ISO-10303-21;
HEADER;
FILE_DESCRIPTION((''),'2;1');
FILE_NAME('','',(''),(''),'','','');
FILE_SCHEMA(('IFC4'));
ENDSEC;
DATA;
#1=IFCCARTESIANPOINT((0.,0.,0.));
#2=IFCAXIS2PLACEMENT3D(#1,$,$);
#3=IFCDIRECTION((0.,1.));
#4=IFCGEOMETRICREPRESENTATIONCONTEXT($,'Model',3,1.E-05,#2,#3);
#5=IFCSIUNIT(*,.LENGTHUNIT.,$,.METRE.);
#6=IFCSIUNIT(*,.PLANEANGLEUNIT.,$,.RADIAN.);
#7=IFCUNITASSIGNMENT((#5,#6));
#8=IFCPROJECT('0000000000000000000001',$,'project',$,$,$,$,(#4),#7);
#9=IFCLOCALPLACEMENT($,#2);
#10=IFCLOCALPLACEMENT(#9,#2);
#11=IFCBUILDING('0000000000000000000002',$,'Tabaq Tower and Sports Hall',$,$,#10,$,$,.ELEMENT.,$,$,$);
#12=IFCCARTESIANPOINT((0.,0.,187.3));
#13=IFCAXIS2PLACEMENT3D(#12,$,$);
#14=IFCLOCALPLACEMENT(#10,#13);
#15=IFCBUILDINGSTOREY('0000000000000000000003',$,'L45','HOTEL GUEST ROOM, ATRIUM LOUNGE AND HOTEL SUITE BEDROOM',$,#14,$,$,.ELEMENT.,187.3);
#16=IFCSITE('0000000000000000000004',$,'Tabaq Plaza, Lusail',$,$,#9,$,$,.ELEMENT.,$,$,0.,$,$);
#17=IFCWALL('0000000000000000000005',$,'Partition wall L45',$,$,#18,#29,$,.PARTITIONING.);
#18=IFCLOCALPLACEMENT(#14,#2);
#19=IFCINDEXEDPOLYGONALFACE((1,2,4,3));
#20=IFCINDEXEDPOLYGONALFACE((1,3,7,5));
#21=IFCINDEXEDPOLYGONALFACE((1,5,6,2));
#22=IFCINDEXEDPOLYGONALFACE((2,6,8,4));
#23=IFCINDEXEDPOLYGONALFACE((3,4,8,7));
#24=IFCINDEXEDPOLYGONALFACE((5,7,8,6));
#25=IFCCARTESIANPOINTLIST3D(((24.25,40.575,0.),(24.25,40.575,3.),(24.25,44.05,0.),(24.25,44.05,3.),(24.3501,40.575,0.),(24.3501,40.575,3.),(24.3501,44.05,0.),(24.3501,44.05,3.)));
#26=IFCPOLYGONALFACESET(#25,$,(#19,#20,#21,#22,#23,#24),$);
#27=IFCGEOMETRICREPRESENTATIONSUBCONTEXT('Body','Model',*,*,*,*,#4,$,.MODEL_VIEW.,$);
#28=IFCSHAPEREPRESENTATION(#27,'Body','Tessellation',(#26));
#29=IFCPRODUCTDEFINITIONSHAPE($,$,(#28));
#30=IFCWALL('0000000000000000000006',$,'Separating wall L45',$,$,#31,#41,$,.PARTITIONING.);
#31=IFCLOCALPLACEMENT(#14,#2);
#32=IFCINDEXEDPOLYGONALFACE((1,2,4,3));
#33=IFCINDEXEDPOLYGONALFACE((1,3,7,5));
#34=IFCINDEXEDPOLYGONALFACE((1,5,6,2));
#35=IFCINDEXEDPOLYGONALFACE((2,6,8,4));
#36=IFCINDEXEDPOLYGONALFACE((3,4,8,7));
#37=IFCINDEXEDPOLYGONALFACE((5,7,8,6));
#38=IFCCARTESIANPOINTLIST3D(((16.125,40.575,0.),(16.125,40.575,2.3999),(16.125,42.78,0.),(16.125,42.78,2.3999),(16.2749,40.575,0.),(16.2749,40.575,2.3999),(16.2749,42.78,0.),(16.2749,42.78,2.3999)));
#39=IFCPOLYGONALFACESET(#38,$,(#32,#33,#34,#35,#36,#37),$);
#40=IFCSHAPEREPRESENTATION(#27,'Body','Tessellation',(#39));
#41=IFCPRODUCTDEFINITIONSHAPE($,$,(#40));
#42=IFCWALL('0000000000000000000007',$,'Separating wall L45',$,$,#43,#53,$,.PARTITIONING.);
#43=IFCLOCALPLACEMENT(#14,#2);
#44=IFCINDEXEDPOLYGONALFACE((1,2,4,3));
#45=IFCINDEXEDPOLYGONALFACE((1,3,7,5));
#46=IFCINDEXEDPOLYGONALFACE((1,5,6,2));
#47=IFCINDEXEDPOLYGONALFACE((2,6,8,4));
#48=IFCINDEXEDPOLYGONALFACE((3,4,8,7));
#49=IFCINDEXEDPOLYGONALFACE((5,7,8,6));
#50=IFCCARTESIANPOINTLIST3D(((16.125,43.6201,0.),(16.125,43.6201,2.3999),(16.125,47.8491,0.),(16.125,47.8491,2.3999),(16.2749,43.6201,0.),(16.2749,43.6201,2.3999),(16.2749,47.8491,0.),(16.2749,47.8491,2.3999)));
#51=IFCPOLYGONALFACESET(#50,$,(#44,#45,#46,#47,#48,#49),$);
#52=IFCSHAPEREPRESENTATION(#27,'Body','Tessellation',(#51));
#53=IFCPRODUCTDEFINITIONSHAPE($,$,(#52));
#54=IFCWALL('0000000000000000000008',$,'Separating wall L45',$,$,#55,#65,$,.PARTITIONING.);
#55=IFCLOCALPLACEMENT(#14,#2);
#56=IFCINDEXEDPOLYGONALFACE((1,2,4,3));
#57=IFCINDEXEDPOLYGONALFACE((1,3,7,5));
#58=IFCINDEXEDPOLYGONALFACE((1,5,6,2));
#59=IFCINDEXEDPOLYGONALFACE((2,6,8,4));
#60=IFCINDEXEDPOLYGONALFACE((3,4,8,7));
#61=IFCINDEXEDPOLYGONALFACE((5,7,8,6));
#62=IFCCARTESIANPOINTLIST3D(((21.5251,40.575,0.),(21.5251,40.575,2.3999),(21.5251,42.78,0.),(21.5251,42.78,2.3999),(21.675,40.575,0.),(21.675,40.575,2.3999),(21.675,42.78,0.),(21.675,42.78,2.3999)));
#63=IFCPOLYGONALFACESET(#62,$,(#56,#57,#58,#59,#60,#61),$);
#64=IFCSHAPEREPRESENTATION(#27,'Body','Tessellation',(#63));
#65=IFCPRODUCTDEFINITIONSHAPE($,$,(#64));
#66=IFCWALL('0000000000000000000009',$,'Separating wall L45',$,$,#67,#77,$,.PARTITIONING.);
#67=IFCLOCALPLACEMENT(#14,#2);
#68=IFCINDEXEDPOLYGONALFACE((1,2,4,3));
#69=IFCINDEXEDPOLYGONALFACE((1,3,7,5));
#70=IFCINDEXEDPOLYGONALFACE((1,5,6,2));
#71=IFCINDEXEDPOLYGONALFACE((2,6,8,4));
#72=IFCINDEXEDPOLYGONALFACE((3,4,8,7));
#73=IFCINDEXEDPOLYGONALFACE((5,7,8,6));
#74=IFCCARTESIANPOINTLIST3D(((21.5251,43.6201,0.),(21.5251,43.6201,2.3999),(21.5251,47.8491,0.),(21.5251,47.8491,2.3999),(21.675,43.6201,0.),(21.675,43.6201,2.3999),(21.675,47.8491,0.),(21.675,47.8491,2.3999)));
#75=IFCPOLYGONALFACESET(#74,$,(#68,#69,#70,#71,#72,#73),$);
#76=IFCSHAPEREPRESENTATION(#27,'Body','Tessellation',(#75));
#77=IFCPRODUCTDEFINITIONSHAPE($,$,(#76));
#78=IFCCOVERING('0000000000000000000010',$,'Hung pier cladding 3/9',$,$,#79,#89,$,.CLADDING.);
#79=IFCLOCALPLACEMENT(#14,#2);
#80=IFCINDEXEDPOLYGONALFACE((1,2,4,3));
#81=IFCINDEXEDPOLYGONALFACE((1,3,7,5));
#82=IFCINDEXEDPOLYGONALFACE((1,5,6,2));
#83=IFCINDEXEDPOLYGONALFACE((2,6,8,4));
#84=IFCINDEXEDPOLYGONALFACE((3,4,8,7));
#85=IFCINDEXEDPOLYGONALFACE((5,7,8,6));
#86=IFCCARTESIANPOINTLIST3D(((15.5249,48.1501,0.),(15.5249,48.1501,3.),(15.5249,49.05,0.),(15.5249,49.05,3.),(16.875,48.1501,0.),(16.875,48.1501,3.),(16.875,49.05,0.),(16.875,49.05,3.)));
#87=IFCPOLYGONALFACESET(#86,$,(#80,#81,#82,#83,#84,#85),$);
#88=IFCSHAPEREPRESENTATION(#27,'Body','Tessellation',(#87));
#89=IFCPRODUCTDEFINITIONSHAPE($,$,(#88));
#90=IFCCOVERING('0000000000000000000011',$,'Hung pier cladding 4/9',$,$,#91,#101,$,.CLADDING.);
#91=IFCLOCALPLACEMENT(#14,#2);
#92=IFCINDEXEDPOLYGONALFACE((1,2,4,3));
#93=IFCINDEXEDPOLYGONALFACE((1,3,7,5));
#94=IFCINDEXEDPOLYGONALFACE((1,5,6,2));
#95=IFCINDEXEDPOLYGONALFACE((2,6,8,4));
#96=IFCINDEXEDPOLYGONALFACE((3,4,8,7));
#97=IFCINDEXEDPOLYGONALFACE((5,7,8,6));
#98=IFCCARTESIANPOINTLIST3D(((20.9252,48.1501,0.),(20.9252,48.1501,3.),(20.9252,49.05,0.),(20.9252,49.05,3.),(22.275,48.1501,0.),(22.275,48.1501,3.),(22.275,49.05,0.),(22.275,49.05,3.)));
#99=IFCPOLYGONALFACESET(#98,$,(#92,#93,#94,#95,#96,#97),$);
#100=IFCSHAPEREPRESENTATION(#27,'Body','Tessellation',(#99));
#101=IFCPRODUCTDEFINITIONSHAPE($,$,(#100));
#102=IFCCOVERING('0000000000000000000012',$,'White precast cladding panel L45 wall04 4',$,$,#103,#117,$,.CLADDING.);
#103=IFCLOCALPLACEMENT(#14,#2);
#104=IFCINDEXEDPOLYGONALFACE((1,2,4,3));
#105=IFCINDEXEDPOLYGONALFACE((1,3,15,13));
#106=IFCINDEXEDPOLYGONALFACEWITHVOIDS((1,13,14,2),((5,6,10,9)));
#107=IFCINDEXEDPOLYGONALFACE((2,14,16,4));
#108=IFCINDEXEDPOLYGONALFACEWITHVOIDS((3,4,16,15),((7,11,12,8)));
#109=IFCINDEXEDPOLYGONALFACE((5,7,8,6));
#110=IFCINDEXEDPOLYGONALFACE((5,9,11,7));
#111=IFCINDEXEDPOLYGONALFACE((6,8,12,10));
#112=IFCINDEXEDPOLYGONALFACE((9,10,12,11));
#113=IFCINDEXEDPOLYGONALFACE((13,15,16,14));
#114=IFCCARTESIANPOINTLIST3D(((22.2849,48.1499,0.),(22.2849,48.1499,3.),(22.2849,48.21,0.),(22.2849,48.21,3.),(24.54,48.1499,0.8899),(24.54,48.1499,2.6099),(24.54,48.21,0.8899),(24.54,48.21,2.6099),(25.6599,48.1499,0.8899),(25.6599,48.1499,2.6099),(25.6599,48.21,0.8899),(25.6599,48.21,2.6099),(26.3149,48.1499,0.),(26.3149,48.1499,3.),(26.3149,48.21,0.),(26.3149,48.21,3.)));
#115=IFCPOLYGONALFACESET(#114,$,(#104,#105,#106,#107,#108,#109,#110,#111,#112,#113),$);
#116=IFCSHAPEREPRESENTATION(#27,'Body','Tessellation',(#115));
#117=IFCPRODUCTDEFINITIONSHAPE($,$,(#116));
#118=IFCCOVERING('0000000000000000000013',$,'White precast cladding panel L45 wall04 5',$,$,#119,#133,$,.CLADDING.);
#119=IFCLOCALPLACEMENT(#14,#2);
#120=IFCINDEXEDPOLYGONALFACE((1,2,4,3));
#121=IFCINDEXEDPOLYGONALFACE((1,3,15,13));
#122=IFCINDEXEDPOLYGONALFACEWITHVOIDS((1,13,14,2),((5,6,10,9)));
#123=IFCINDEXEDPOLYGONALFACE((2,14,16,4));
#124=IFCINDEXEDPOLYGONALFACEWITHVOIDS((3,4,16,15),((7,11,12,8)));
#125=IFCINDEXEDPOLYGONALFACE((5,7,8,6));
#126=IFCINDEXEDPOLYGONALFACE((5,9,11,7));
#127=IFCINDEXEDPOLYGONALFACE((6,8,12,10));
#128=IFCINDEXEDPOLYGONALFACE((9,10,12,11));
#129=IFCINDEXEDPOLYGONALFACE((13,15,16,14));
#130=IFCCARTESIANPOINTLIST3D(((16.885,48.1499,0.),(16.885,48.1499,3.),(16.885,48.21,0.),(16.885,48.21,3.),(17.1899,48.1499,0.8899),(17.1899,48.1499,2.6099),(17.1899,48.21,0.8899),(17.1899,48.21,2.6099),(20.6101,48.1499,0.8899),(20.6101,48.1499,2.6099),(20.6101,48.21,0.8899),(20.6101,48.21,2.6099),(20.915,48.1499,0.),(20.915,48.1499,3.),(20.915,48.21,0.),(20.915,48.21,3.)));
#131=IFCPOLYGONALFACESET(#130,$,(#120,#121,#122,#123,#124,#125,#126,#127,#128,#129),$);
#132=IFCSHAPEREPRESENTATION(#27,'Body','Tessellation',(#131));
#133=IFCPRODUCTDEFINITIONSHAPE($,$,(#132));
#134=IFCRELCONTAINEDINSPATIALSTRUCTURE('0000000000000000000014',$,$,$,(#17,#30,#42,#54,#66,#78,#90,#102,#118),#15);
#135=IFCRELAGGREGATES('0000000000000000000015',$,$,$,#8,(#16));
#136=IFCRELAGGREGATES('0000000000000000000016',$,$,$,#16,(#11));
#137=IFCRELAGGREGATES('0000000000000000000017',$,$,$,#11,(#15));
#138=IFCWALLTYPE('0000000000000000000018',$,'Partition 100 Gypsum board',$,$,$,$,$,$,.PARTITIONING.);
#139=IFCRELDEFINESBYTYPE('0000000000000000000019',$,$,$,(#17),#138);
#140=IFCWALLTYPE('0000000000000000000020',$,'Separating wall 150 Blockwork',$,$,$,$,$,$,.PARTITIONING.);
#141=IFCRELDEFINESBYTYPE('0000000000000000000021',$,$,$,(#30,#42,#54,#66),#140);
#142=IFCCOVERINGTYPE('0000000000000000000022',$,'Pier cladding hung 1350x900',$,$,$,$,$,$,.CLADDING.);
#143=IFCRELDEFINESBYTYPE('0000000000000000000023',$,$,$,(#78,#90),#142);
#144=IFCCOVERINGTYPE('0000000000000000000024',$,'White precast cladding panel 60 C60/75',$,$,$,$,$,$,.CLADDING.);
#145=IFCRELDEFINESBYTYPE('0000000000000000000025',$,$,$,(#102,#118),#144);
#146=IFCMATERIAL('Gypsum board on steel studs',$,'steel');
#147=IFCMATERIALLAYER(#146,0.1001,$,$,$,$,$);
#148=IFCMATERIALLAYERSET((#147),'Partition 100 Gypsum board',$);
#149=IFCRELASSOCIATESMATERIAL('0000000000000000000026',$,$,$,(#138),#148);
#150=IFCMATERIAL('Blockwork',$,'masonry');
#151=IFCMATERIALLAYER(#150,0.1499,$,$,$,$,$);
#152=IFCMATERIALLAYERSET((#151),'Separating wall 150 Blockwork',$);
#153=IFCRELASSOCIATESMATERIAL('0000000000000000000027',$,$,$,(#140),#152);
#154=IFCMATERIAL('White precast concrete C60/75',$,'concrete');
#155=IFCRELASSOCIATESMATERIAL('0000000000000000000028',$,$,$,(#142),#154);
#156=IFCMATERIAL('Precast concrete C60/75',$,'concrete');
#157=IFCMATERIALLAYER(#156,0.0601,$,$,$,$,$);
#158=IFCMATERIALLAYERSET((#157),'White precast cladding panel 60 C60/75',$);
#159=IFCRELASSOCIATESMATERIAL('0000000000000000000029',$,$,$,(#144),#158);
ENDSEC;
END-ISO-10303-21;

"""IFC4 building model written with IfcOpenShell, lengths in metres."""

from ifc_helpers import new_model, si_unit, direction, frame, frame_2d, origin, place, context, subcontext, project, spatial, polyline, rectangle, outline, extrude, material, layer, layer_set, type_object, element, save


model = new_model("IFC4")

# Units and contexts
model_context = context("Model", 3, precision=1e-05, world=origin(), true_north=direction((0.0, 1.0)))
body_context = subcontext(model_context, "Body", "Model", "MODEL_VIEW")
ifc_project = project(units=[si_unit("LENGTHUNIT", "METRE"), si_unit("PLANEANGLEUNIT", "RADIAN")], contexts=[model_context])

# Site, building, storey
site_placement = place(None, origin())
site = spatial("IfcSite", under=ifc_project, at=site_placement, Name="Tabaq Plaza, Lusail", CompositionType="ELEMENT", RefElevation=0.0)
building_placement = place(site_placement, origin())
building = spatial("IfcBuilding", under=site, at=building_placement, Name="Tabaq Tower and Sports Hall", CompositionType="ELEMENT")
storey_placement = place(building_placement, frame((0.0, 0.0, 187.3)))
storey = spatial("IfcBuildingStorey", under=building, at=storey_placement, Name="L45", Description="HOTEL GUEST ROOM, ATRIUM LOUNGE AND HOTEL SUITE BEDROOM", CompositionType="ELEMENT", Elevation=187.3)

# Shared definitions
ifc_material_1 = material(Name="Gypsum board on steel studs", Category="steel")
ifc_layer_1 = layer(ifc_material_1, 0.1001)
ifc_layer_set_1 = layer_set([ifc_layer_1], Name="Partition 100 Gypsum board")
wall_type_1 = type_object("IfcWallType", Name="Partition 100 Gypsum board", PredefinedType="PARTITIONING", material=ifc_layer_set_1)

# Walls
wall_1_placement = place(storey_placement, frame((24.3, 44.05, 0.0), z_axis=(0.0, 0.0, 1.0), x_axis=(0.0, -1.0, 0.0)))
element("IfcWall", 1, at=wall_1_placement, inside=storey, type_object=wall_type_1, Name="Partition wall L45", PredefinedType="PARTITIONING", context=body_context, shape_type="SweptSolid", body=[
    extrude(rectangle(XDim=3.4751, YDim=0.1001, at=frame_2d((1.7375, 0.0))), origin(), (0.0, 0.0, 1.0), 3.0),
])
ifc_material_2 = material(Name="Blockwork", Category="masonry")
ifc_layer_2 = layer(ifc_material_2, 0.1499)
ifc_layer_set_2 = layer_set([ifc_layer_2], Name="Separating wall 150 Blockwork")
wall_type_2 = type_object("IfcWallType", Name="Separating wall 150 Blockwork", PredefinedType="PARTITIONING", material=ifc_layer_set_2)
wall_2_placement = place(storey_placement, frame((16.2, 40.575, 0.0), z_axis=(0.0, 0.0, 1.0), x_axis=(0.0, 1.0, 0.0)))
element("IfcWall", 2, at=wall_2_placement, inside=storey, type_object=wall_type_2, Name="Separating wall L45", PredefinedType="PARTITIONING", context=body_context, shape_type="SweptSolid", body=[
    extrude(rectangle(XDim=2.2051, YDim=0.1499, at=frame_2d((1.1025, 0.0))), origin(), (0.0, 0.0, 1.0), 2.3999),
])
wall_3_placement = place(storey_placement, frame((16.2, 43.6201, 0.0), z_axis=(0.0, 0.0, 1.0), x_axis=(0.0, 1.0, 0.0)))
element("IfcWall", 3, at=wall_3_placement, inside=storey, type_object=wall_type_2, Name="Separating wall L45", PredefinedType="PARTITIONING", context=body_context, shape_type="SweptSolid", body=[
    extrude(rectangle(XDim=4.229, YDim=0.1499, at=frame_2d((2.1145, 0.0))), origin(), (0.0, 0.0, 1.0), 2.3999),
])
wall_4_placement = place(storey_placement, frame((21.6001, 40.575, 0.0), z_axis=(0.0, 0.0, 1.0), x_axis=(0.0, 1.0, 0.0)))
element("IfcWall", 4, at=wall_4_placement, inside=storey, type_object=wall_type_2, Name="Separating wall L45", PredefinedType="PARTITIONING", context=body_context, shape_type="SweptSolid", body=[
    extrude(rectangle(XDim=2.2051, YDim=0.1499, at=frame_2d((1.1025, 0.0))), origin(), (0.0, 0.0, 1.0), 2.3999),
])
wall_5_placement = place(storey_placement, frame((21.6001, 43.6201, 0.0), z_axis=(0.0, 0.0, 1.0), x_axis=(0.0, 1.0, 0.0)))
element("IfcWall", 5, at=wall_5_placement, inside=storey, type_object=wall_type_2, Name="Separating wall L45", PredefinedType="PARTITIONING", context=body_context, shape_type="SweptSolid", body=[
    extrude(rectangle(XDim=4.229, YDim=0.1499, at=frame_2d((2.1145, 0.0))), origin(), (0.0, 0.0, 1.0), 2.3999),
])

# Coverings
ifc_material_3 = material(Name="White precast concrete C60/75", Category="concrete")
covering_type_1 = type_object("IfcCoveringType", Name="Pier cladding hung 1350x900", PredefinedType="CLADDING", material=ifc_material_3)
covering_1_placement = place(storey_placement, frame((16.875, 48.6001, 0.0), z_axis=(0.0, 0.0, 1.0), x_axis=(-1.0, 0.0, 0.0)))
element("IfcCovering", 6, at=covering_1_placement, inside=storey, type_object=covering_type_1, Name="Hung pier cladding 3/9", PredefinedType="CLADDING", context=body_context, shape_type="SweptSolid", body=[
    extrude(rectangle(XDim=1.3501, YDim=0.8999, at=frame_2d((0.675, 0.0))), origin(), (0.0, 0.0, 1.0), 3.0),
])
covering_2_placement = place(storey_placement, frame((22.2749, 48.6001, 0.0), z_axis=(0.0, 0.0, 1.0), x_axis=(-1.0, 0.0, 0.0)))
element("IfcCovering", 7, at=covering_2_placement, inside=storey, type_object=covering_type_1, Name="Hung pier cladding 4/9", PredefinedType="CLADDING", context=body_context, shape_type="SweptSolid", body=[
    extrude(rectangle(XDim=1.3499, YDim=0.8999, at=frame_2d((0.6748, 0.0))), origin(), (0.0, 0.0, 1.0), 3.0),
])
ifc_material_4 = material(Name="Precast concrete C60/75", Category="concrete")
ifc_layer_3 = layer(ifc_material_4, 0.0601)
ifc_layer_set_3 = layer_set([ifc_layer_3], Name="White precast cladding panel 60 C60/75")
covering_type_2 = type_object("IfcCoveringType", Name="White precast cladding panel 60 C60/75", PredefinedType="CLADDING", material=ifc_layer_set_3)
covering_3_placement = place(storey_placement, frame((26.3149, 48.1799, 0.0), z_axis=(0.0, 0.0, 1.0), x_axis=(-1.0, 0.0, 0.0)))
element("IfcCovering", 8, at=covering_3_placement, inside=storey, type_object=covering_type_2, Name="White precast cladding panel L45 wall04 4", PredefinedType="CLADDING", context=body_context, shape_type="SweptSolid", body=[
    extrude(outline(polyline([(0.0, 0.0), (4.03, 0.0), (4.03, 3.0), (0.0, 3.0), (0.0, 0.0)]), holes=[polyline([(0.655, 0.8899), (0.655, 2.6099), (1.7749, 2.6099), (1.7749, 0.8899), (0.655, 0.8899)])]), frame((0.0, 0.03, 0.0), z_axis=(0.0, -1.0, 0.0), x_axis=(1.0, 0.0, 0.0)), (0.0, 0.0, 1.0), 0.0601),
])
covering_4_placement = place(storey_placement, frame((20.915, 48.1799, 0.0), z_axis=(0.0, 0.0, 1.0), x_axis=(-1.0, 0.0, 0.0)))
element("IfcCovering", 9, at=covering_4_placement, inside=storey, type_object=covering_type_2, Name="White precast cladding panel L45 wall04 5", PredefinedType="CLADDING", context=body_context, shape_type="SweptSolid", body=[
    extrude(outline(polyline([(0.0, 0.0), (4.03, 0.0), (4.03, 3.0), (0.0, 3.0), (0.0, 0.0)]), holes=[polyline([(0.3049, 0.8899), (0.3049, 2.6099), (3.7251, 2.6099), (3.7251, 0.8899), (0.3049, 0.8899)])]), frame((0.0, 0.03, 0.0), z_axis=(0.0, -1.0, 0.0), x_axis=(1.0, 0.0, 0.0)), (0.0, 0.0, 1.0), 0.0601),
])

save(model, "model.ifc")
